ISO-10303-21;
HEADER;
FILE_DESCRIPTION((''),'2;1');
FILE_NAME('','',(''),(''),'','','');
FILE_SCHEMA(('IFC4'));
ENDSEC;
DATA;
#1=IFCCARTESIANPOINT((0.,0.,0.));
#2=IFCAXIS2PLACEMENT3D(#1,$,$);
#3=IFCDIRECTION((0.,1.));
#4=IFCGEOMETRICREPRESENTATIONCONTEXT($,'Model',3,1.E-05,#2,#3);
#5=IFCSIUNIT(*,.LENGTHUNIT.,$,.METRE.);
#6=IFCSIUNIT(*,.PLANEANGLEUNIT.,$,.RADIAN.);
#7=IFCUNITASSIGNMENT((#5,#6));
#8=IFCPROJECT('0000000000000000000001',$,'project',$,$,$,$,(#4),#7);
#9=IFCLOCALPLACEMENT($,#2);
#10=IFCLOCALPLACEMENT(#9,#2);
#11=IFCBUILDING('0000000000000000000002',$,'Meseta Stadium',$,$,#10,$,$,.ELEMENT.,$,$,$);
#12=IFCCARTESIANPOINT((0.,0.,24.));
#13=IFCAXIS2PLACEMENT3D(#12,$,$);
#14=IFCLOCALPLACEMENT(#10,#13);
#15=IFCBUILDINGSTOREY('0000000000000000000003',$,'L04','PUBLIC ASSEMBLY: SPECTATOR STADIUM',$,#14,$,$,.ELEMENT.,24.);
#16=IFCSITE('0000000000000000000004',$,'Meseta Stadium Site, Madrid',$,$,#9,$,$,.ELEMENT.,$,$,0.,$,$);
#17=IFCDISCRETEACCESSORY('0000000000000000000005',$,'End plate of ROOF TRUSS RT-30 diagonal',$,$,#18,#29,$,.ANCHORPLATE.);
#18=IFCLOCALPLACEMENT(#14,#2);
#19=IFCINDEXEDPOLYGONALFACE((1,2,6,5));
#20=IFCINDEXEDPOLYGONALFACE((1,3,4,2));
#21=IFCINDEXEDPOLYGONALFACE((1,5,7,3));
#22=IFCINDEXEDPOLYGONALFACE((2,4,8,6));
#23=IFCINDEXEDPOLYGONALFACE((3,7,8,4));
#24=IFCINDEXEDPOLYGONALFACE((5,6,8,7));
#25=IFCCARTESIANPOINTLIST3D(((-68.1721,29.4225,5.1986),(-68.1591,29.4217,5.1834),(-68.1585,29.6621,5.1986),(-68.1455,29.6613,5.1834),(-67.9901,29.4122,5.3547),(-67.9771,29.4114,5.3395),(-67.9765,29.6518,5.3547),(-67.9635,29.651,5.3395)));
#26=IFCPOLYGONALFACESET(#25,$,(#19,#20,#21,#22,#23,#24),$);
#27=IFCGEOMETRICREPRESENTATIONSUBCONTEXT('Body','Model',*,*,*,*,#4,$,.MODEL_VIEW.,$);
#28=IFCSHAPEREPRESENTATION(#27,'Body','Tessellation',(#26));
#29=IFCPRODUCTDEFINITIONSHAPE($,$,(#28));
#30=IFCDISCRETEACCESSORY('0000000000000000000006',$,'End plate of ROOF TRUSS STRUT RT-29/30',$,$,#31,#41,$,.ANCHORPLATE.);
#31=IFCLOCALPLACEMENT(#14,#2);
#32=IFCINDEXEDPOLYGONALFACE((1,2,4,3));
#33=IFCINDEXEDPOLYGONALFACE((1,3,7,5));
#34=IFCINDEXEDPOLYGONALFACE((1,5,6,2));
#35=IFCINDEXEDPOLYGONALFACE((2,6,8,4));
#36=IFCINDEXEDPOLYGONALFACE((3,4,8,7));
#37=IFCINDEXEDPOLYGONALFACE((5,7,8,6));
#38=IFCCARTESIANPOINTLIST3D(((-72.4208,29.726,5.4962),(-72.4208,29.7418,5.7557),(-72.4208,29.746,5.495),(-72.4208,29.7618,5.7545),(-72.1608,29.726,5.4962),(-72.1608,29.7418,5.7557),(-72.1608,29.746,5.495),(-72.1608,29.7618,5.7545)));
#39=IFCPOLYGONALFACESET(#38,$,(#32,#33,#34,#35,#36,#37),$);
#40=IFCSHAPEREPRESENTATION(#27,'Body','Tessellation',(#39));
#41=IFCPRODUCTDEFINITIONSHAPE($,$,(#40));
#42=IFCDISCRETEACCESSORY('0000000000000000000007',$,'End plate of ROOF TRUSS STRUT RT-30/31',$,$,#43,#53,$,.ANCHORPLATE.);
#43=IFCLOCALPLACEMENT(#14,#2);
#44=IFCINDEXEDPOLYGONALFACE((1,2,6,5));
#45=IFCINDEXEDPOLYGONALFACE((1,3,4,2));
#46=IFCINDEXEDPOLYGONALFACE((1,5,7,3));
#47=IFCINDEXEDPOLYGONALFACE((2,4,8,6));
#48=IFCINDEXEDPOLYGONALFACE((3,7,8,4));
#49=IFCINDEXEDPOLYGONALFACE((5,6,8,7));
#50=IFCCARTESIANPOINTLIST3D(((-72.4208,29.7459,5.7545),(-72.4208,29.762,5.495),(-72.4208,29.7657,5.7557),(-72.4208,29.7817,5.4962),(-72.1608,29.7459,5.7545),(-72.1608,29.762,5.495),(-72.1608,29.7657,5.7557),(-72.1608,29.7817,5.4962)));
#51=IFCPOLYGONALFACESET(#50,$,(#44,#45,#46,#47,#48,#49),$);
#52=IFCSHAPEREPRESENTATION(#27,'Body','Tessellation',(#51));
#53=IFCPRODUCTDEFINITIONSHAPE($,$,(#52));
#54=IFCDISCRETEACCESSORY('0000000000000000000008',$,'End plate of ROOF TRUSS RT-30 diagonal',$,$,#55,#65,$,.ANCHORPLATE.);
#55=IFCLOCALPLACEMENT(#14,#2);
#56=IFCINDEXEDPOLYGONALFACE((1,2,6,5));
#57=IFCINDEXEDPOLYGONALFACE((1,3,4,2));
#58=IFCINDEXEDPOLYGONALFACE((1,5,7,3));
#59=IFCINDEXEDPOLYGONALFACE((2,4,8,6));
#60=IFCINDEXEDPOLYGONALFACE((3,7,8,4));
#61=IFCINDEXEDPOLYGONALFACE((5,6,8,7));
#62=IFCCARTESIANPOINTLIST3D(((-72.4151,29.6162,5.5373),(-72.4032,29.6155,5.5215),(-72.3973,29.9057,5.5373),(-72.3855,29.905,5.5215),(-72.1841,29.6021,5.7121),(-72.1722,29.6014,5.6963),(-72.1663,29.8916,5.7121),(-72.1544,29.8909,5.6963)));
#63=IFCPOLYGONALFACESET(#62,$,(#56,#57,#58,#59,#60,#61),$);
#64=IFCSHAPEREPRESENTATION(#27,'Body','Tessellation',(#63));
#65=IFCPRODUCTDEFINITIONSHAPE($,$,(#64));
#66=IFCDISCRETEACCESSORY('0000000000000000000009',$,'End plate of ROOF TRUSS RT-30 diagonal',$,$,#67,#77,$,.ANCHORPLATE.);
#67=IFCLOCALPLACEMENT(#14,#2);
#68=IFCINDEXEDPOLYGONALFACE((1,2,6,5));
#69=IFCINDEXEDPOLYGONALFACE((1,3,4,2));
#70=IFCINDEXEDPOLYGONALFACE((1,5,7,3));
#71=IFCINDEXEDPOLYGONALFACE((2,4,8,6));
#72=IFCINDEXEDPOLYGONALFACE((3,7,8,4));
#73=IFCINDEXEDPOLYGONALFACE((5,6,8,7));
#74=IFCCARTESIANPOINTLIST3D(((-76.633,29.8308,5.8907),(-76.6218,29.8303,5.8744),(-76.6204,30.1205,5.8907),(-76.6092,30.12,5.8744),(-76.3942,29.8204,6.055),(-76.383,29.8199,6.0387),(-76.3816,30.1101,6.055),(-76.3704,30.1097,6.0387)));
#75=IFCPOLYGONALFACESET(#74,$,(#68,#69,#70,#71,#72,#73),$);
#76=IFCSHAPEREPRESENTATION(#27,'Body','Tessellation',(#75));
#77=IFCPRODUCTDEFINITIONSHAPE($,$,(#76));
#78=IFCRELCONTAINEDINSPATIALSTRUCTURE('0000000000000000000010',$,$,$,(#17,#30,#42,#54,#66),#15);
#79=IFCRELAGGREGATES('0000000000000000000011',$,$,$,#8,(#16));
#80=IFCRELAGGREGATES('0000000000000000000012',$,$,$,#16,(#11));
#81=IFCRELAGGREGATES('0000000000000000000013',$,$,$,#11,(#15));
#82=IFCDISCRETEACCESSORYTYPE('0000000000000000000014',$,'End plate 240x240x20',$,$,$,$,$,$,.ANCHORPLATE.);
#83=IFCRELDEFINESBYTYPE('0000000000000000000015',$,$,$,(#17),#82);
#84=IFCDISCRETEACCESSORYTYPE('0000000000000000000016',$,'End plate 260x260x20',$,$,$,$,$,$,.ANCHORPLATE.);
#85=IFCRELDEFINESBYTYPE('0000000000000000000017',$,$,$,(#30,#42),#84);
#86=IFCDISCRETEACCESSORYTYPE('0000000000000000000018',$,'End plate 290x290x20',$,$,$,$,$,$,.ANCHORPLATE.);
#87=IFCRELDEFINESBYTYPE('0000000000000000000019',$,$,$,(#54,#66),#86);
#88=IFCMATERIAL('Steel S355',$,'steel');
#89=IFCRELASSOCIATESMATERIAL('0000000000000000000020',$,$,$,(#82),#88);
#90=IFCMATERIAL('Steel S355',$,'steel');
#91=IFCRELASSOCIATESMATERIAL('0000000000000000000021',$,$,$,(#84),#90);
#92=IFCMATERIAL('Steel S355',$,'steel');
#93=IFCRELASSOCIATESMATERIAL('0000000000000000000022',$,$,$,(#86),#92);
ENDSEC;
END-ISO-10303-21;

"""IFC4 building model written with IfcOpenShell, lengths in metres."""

from ifc_helpers import new_model, si_unit, direction, frame, origin, origin_2d, place, context, subcontext, project, spatial, rectangle, extrude, material, material_profile, profile_set, type_object, element, save


model = new_model("IFC4")

# Units and contexts
model_context = context("Model", 3, precision=1e-05, world=origin(), true_north=direction((0.0, 1.0)))
body_context = subcontext(model_context, "Body", "Model", "MODEL_VIEW")
ifc_project = project(units=[si_unit("LENGTHUNIT", "METRE"), si_unit("PLANEANGLEUNIT", "RADIAN")], contexts=[model_context])

# Site, building, storey
site_placement = place(None, origin())
site = spatial("IfcSite", under=ifc_project, at=site_placement, Name="Meseta Stadium Site, Madrid", CompositionType="ELEMENT", RefElevation=0.0)
building_placement = place(site_placement, origin())
building = spatial("IfcBuilding", under=site, at=building_placement, Name="Meseta Stadium", CompositionType="ELEMENT")
storey_placement = place(building_placement, frame((0.0, 0.0, 24.0)))
storey = spatial("IfcBuildingStorey", under=building, at=storey_placement, Name="L04", Description="PUBLIC ASSEMBLY: SPECTATOR STADIUM", CompositionType="ELEMENT", Elevation=24.0)

# Discrete accessories
ifc_material_1 = material(Name="Steel S355", Category="steel")
ifc_material_profile_1 = material_profile(ifc_material_1, rectangle(XDim=0.24, YDim=0.24, at=origin_2d()), Name="PL 240x240")
ifc_profile_set_1 = profile_set([ifc_material_profile_1], Name="Steel S355")
discrete_accessory_type_1 = type_object("IfcDiscreteAccessoryType", Name="End plate 240x240x20", PredefinedType="ANCHORPLATE", material=ifc_profile_set_1)
discrete_accessory_1_placement = place(storey_placement, frame((-68.0613, 29.5364, 5.2615), z_axis=(-0.649342, 0.036755, 0.759608), x_axis=(-0.056513, -0.998402, 0.0)))
element("IfcDiscreteAccessory", 1, at=discrete_accessory_1_placement, inside=storey, type_object=discrete_accessory_type_1, Name="End plate of ROOF TRUSS RT-30 diagonal", PredefinedType="ANCHORPLATE", context=body_context, shape_type="SweptSolid", body=[
    extrude(rectangle(XDim=0.24, YDim=0.24, at=origin_2d()), origin(), (0.0, 0.0, 1.0), 0.02),
])
ifc_material_2 = material(Name="Steel S355", Category="steel")
ifc_material_profile_2 = material_profile(ifc_material_2, rectangle(XDim=0.26, YDim=0.26, at=origin_2d()), Name="PL 260x260")
ifc_profile_set_2 = profile_set([ifc_material_profile_2], Name="Steel S355")
discrete_accessory_type_2 = type_object("IfcDiscreteAccessoryType", Name="End plate 260x260x20", PredefinedType="ANCHORPLATE", material=ifc_profile_set_2)
discrete_accessory_2_placement = place(storey_placement, frame((-72.2908, 29.7539, 5.6248), z_axis=(0.0, -0.998146, 0.060863), x_axis=(1.0, 0.0, 0.0)))
element("IfcDiscreteAccessory", 2, at=discrete_accessory_2_placement, inside=storey, type_object=discrete_accessory_type_2, Name="End plate of ROOF TRUSS STRUT RT-29/30", PredefinedType="ANCHORPLATE", context=body_context, shape_type="SweptSolid", body=[
    extrude(rectangle(XDim=0.26, YDim=0.26, at=origin_2d()), origin(), (0.0, 0.0, 1.0), 0.02),
])
discrete_accessory_3_placement = place(storey_placement, frame((-72.2908, 29.7737, 5.626), z_axis=(0.0, -0.9981, -0.061611), x_axis=(1.0, 0.0, 0.0)))
element("IfcDiscreteAccessory", 3, at=discrete_accessory_3_placement, inside=storey, type_object=discrete_accessory_type_2, Name="End plate of ROOF TRUSS STRUT RT-30/31", PredefinedType="ANCHORPLATE", context=body_context, shape_type="SweptSolid", body=[
    extrude(rectangle(XDim=0.26, YDim=0.26, at=origin_2d()), origin(), (0.0, 0.0, 1.0), 0.0198),
])
ifc_material_3 = material(Name="Steel S355", Category="steel")
ifc_material_profile_3 = material_profile(ifc_material_3, rectangle(XDim=0.29, YDim=0.29, at=origin_2d()), Name="PL 290x290")
ifc_profile_set_3 = profile_set([ifc_material_profile_3], Name="Steel S355")
discrete_accessory_type_3 = type_object("IfcDiscreteAccessoryType", Name="End plate 290x290x20", PredefinedType="ANCHORPLATE", material=ifc_profile_set_3)
for number, where, z_axis, x_axis, name in (
    (4, (-72.2788, 29.7532, 5.6089), (-0.601555, 0.03683, 0.797982), (-0.06111, -0.998131, 0.0), "End plate of ROOF TRUSS RT-30 diagonal"),
    (5, (-76.4961, 29.97, 5.9565), (-0.565835, 0.024602, 0.824151), (-0.043437, -0.999056, 0.0), "End plate of ROOF TRUSS RT-30 diagonal"),
):
    element("IfcDiscreteAccessory", number, at=place(storey_placement, frame(where, z_axis=z_axis, x_axis=x_axis)), inside=storey, type_object=discrete_accessory_type_3, Name=name, PredefinedType="ANCHORPLATE", context=body_context, shape_type="SweptSolid", body=[
        extrude(rectangle(XDim=0.29, YDim=0.29, at=origin_2d()), origin(), (0.0, 0.0, 1.0), 0.0198),
    ])

save(model, "model.ifc")
